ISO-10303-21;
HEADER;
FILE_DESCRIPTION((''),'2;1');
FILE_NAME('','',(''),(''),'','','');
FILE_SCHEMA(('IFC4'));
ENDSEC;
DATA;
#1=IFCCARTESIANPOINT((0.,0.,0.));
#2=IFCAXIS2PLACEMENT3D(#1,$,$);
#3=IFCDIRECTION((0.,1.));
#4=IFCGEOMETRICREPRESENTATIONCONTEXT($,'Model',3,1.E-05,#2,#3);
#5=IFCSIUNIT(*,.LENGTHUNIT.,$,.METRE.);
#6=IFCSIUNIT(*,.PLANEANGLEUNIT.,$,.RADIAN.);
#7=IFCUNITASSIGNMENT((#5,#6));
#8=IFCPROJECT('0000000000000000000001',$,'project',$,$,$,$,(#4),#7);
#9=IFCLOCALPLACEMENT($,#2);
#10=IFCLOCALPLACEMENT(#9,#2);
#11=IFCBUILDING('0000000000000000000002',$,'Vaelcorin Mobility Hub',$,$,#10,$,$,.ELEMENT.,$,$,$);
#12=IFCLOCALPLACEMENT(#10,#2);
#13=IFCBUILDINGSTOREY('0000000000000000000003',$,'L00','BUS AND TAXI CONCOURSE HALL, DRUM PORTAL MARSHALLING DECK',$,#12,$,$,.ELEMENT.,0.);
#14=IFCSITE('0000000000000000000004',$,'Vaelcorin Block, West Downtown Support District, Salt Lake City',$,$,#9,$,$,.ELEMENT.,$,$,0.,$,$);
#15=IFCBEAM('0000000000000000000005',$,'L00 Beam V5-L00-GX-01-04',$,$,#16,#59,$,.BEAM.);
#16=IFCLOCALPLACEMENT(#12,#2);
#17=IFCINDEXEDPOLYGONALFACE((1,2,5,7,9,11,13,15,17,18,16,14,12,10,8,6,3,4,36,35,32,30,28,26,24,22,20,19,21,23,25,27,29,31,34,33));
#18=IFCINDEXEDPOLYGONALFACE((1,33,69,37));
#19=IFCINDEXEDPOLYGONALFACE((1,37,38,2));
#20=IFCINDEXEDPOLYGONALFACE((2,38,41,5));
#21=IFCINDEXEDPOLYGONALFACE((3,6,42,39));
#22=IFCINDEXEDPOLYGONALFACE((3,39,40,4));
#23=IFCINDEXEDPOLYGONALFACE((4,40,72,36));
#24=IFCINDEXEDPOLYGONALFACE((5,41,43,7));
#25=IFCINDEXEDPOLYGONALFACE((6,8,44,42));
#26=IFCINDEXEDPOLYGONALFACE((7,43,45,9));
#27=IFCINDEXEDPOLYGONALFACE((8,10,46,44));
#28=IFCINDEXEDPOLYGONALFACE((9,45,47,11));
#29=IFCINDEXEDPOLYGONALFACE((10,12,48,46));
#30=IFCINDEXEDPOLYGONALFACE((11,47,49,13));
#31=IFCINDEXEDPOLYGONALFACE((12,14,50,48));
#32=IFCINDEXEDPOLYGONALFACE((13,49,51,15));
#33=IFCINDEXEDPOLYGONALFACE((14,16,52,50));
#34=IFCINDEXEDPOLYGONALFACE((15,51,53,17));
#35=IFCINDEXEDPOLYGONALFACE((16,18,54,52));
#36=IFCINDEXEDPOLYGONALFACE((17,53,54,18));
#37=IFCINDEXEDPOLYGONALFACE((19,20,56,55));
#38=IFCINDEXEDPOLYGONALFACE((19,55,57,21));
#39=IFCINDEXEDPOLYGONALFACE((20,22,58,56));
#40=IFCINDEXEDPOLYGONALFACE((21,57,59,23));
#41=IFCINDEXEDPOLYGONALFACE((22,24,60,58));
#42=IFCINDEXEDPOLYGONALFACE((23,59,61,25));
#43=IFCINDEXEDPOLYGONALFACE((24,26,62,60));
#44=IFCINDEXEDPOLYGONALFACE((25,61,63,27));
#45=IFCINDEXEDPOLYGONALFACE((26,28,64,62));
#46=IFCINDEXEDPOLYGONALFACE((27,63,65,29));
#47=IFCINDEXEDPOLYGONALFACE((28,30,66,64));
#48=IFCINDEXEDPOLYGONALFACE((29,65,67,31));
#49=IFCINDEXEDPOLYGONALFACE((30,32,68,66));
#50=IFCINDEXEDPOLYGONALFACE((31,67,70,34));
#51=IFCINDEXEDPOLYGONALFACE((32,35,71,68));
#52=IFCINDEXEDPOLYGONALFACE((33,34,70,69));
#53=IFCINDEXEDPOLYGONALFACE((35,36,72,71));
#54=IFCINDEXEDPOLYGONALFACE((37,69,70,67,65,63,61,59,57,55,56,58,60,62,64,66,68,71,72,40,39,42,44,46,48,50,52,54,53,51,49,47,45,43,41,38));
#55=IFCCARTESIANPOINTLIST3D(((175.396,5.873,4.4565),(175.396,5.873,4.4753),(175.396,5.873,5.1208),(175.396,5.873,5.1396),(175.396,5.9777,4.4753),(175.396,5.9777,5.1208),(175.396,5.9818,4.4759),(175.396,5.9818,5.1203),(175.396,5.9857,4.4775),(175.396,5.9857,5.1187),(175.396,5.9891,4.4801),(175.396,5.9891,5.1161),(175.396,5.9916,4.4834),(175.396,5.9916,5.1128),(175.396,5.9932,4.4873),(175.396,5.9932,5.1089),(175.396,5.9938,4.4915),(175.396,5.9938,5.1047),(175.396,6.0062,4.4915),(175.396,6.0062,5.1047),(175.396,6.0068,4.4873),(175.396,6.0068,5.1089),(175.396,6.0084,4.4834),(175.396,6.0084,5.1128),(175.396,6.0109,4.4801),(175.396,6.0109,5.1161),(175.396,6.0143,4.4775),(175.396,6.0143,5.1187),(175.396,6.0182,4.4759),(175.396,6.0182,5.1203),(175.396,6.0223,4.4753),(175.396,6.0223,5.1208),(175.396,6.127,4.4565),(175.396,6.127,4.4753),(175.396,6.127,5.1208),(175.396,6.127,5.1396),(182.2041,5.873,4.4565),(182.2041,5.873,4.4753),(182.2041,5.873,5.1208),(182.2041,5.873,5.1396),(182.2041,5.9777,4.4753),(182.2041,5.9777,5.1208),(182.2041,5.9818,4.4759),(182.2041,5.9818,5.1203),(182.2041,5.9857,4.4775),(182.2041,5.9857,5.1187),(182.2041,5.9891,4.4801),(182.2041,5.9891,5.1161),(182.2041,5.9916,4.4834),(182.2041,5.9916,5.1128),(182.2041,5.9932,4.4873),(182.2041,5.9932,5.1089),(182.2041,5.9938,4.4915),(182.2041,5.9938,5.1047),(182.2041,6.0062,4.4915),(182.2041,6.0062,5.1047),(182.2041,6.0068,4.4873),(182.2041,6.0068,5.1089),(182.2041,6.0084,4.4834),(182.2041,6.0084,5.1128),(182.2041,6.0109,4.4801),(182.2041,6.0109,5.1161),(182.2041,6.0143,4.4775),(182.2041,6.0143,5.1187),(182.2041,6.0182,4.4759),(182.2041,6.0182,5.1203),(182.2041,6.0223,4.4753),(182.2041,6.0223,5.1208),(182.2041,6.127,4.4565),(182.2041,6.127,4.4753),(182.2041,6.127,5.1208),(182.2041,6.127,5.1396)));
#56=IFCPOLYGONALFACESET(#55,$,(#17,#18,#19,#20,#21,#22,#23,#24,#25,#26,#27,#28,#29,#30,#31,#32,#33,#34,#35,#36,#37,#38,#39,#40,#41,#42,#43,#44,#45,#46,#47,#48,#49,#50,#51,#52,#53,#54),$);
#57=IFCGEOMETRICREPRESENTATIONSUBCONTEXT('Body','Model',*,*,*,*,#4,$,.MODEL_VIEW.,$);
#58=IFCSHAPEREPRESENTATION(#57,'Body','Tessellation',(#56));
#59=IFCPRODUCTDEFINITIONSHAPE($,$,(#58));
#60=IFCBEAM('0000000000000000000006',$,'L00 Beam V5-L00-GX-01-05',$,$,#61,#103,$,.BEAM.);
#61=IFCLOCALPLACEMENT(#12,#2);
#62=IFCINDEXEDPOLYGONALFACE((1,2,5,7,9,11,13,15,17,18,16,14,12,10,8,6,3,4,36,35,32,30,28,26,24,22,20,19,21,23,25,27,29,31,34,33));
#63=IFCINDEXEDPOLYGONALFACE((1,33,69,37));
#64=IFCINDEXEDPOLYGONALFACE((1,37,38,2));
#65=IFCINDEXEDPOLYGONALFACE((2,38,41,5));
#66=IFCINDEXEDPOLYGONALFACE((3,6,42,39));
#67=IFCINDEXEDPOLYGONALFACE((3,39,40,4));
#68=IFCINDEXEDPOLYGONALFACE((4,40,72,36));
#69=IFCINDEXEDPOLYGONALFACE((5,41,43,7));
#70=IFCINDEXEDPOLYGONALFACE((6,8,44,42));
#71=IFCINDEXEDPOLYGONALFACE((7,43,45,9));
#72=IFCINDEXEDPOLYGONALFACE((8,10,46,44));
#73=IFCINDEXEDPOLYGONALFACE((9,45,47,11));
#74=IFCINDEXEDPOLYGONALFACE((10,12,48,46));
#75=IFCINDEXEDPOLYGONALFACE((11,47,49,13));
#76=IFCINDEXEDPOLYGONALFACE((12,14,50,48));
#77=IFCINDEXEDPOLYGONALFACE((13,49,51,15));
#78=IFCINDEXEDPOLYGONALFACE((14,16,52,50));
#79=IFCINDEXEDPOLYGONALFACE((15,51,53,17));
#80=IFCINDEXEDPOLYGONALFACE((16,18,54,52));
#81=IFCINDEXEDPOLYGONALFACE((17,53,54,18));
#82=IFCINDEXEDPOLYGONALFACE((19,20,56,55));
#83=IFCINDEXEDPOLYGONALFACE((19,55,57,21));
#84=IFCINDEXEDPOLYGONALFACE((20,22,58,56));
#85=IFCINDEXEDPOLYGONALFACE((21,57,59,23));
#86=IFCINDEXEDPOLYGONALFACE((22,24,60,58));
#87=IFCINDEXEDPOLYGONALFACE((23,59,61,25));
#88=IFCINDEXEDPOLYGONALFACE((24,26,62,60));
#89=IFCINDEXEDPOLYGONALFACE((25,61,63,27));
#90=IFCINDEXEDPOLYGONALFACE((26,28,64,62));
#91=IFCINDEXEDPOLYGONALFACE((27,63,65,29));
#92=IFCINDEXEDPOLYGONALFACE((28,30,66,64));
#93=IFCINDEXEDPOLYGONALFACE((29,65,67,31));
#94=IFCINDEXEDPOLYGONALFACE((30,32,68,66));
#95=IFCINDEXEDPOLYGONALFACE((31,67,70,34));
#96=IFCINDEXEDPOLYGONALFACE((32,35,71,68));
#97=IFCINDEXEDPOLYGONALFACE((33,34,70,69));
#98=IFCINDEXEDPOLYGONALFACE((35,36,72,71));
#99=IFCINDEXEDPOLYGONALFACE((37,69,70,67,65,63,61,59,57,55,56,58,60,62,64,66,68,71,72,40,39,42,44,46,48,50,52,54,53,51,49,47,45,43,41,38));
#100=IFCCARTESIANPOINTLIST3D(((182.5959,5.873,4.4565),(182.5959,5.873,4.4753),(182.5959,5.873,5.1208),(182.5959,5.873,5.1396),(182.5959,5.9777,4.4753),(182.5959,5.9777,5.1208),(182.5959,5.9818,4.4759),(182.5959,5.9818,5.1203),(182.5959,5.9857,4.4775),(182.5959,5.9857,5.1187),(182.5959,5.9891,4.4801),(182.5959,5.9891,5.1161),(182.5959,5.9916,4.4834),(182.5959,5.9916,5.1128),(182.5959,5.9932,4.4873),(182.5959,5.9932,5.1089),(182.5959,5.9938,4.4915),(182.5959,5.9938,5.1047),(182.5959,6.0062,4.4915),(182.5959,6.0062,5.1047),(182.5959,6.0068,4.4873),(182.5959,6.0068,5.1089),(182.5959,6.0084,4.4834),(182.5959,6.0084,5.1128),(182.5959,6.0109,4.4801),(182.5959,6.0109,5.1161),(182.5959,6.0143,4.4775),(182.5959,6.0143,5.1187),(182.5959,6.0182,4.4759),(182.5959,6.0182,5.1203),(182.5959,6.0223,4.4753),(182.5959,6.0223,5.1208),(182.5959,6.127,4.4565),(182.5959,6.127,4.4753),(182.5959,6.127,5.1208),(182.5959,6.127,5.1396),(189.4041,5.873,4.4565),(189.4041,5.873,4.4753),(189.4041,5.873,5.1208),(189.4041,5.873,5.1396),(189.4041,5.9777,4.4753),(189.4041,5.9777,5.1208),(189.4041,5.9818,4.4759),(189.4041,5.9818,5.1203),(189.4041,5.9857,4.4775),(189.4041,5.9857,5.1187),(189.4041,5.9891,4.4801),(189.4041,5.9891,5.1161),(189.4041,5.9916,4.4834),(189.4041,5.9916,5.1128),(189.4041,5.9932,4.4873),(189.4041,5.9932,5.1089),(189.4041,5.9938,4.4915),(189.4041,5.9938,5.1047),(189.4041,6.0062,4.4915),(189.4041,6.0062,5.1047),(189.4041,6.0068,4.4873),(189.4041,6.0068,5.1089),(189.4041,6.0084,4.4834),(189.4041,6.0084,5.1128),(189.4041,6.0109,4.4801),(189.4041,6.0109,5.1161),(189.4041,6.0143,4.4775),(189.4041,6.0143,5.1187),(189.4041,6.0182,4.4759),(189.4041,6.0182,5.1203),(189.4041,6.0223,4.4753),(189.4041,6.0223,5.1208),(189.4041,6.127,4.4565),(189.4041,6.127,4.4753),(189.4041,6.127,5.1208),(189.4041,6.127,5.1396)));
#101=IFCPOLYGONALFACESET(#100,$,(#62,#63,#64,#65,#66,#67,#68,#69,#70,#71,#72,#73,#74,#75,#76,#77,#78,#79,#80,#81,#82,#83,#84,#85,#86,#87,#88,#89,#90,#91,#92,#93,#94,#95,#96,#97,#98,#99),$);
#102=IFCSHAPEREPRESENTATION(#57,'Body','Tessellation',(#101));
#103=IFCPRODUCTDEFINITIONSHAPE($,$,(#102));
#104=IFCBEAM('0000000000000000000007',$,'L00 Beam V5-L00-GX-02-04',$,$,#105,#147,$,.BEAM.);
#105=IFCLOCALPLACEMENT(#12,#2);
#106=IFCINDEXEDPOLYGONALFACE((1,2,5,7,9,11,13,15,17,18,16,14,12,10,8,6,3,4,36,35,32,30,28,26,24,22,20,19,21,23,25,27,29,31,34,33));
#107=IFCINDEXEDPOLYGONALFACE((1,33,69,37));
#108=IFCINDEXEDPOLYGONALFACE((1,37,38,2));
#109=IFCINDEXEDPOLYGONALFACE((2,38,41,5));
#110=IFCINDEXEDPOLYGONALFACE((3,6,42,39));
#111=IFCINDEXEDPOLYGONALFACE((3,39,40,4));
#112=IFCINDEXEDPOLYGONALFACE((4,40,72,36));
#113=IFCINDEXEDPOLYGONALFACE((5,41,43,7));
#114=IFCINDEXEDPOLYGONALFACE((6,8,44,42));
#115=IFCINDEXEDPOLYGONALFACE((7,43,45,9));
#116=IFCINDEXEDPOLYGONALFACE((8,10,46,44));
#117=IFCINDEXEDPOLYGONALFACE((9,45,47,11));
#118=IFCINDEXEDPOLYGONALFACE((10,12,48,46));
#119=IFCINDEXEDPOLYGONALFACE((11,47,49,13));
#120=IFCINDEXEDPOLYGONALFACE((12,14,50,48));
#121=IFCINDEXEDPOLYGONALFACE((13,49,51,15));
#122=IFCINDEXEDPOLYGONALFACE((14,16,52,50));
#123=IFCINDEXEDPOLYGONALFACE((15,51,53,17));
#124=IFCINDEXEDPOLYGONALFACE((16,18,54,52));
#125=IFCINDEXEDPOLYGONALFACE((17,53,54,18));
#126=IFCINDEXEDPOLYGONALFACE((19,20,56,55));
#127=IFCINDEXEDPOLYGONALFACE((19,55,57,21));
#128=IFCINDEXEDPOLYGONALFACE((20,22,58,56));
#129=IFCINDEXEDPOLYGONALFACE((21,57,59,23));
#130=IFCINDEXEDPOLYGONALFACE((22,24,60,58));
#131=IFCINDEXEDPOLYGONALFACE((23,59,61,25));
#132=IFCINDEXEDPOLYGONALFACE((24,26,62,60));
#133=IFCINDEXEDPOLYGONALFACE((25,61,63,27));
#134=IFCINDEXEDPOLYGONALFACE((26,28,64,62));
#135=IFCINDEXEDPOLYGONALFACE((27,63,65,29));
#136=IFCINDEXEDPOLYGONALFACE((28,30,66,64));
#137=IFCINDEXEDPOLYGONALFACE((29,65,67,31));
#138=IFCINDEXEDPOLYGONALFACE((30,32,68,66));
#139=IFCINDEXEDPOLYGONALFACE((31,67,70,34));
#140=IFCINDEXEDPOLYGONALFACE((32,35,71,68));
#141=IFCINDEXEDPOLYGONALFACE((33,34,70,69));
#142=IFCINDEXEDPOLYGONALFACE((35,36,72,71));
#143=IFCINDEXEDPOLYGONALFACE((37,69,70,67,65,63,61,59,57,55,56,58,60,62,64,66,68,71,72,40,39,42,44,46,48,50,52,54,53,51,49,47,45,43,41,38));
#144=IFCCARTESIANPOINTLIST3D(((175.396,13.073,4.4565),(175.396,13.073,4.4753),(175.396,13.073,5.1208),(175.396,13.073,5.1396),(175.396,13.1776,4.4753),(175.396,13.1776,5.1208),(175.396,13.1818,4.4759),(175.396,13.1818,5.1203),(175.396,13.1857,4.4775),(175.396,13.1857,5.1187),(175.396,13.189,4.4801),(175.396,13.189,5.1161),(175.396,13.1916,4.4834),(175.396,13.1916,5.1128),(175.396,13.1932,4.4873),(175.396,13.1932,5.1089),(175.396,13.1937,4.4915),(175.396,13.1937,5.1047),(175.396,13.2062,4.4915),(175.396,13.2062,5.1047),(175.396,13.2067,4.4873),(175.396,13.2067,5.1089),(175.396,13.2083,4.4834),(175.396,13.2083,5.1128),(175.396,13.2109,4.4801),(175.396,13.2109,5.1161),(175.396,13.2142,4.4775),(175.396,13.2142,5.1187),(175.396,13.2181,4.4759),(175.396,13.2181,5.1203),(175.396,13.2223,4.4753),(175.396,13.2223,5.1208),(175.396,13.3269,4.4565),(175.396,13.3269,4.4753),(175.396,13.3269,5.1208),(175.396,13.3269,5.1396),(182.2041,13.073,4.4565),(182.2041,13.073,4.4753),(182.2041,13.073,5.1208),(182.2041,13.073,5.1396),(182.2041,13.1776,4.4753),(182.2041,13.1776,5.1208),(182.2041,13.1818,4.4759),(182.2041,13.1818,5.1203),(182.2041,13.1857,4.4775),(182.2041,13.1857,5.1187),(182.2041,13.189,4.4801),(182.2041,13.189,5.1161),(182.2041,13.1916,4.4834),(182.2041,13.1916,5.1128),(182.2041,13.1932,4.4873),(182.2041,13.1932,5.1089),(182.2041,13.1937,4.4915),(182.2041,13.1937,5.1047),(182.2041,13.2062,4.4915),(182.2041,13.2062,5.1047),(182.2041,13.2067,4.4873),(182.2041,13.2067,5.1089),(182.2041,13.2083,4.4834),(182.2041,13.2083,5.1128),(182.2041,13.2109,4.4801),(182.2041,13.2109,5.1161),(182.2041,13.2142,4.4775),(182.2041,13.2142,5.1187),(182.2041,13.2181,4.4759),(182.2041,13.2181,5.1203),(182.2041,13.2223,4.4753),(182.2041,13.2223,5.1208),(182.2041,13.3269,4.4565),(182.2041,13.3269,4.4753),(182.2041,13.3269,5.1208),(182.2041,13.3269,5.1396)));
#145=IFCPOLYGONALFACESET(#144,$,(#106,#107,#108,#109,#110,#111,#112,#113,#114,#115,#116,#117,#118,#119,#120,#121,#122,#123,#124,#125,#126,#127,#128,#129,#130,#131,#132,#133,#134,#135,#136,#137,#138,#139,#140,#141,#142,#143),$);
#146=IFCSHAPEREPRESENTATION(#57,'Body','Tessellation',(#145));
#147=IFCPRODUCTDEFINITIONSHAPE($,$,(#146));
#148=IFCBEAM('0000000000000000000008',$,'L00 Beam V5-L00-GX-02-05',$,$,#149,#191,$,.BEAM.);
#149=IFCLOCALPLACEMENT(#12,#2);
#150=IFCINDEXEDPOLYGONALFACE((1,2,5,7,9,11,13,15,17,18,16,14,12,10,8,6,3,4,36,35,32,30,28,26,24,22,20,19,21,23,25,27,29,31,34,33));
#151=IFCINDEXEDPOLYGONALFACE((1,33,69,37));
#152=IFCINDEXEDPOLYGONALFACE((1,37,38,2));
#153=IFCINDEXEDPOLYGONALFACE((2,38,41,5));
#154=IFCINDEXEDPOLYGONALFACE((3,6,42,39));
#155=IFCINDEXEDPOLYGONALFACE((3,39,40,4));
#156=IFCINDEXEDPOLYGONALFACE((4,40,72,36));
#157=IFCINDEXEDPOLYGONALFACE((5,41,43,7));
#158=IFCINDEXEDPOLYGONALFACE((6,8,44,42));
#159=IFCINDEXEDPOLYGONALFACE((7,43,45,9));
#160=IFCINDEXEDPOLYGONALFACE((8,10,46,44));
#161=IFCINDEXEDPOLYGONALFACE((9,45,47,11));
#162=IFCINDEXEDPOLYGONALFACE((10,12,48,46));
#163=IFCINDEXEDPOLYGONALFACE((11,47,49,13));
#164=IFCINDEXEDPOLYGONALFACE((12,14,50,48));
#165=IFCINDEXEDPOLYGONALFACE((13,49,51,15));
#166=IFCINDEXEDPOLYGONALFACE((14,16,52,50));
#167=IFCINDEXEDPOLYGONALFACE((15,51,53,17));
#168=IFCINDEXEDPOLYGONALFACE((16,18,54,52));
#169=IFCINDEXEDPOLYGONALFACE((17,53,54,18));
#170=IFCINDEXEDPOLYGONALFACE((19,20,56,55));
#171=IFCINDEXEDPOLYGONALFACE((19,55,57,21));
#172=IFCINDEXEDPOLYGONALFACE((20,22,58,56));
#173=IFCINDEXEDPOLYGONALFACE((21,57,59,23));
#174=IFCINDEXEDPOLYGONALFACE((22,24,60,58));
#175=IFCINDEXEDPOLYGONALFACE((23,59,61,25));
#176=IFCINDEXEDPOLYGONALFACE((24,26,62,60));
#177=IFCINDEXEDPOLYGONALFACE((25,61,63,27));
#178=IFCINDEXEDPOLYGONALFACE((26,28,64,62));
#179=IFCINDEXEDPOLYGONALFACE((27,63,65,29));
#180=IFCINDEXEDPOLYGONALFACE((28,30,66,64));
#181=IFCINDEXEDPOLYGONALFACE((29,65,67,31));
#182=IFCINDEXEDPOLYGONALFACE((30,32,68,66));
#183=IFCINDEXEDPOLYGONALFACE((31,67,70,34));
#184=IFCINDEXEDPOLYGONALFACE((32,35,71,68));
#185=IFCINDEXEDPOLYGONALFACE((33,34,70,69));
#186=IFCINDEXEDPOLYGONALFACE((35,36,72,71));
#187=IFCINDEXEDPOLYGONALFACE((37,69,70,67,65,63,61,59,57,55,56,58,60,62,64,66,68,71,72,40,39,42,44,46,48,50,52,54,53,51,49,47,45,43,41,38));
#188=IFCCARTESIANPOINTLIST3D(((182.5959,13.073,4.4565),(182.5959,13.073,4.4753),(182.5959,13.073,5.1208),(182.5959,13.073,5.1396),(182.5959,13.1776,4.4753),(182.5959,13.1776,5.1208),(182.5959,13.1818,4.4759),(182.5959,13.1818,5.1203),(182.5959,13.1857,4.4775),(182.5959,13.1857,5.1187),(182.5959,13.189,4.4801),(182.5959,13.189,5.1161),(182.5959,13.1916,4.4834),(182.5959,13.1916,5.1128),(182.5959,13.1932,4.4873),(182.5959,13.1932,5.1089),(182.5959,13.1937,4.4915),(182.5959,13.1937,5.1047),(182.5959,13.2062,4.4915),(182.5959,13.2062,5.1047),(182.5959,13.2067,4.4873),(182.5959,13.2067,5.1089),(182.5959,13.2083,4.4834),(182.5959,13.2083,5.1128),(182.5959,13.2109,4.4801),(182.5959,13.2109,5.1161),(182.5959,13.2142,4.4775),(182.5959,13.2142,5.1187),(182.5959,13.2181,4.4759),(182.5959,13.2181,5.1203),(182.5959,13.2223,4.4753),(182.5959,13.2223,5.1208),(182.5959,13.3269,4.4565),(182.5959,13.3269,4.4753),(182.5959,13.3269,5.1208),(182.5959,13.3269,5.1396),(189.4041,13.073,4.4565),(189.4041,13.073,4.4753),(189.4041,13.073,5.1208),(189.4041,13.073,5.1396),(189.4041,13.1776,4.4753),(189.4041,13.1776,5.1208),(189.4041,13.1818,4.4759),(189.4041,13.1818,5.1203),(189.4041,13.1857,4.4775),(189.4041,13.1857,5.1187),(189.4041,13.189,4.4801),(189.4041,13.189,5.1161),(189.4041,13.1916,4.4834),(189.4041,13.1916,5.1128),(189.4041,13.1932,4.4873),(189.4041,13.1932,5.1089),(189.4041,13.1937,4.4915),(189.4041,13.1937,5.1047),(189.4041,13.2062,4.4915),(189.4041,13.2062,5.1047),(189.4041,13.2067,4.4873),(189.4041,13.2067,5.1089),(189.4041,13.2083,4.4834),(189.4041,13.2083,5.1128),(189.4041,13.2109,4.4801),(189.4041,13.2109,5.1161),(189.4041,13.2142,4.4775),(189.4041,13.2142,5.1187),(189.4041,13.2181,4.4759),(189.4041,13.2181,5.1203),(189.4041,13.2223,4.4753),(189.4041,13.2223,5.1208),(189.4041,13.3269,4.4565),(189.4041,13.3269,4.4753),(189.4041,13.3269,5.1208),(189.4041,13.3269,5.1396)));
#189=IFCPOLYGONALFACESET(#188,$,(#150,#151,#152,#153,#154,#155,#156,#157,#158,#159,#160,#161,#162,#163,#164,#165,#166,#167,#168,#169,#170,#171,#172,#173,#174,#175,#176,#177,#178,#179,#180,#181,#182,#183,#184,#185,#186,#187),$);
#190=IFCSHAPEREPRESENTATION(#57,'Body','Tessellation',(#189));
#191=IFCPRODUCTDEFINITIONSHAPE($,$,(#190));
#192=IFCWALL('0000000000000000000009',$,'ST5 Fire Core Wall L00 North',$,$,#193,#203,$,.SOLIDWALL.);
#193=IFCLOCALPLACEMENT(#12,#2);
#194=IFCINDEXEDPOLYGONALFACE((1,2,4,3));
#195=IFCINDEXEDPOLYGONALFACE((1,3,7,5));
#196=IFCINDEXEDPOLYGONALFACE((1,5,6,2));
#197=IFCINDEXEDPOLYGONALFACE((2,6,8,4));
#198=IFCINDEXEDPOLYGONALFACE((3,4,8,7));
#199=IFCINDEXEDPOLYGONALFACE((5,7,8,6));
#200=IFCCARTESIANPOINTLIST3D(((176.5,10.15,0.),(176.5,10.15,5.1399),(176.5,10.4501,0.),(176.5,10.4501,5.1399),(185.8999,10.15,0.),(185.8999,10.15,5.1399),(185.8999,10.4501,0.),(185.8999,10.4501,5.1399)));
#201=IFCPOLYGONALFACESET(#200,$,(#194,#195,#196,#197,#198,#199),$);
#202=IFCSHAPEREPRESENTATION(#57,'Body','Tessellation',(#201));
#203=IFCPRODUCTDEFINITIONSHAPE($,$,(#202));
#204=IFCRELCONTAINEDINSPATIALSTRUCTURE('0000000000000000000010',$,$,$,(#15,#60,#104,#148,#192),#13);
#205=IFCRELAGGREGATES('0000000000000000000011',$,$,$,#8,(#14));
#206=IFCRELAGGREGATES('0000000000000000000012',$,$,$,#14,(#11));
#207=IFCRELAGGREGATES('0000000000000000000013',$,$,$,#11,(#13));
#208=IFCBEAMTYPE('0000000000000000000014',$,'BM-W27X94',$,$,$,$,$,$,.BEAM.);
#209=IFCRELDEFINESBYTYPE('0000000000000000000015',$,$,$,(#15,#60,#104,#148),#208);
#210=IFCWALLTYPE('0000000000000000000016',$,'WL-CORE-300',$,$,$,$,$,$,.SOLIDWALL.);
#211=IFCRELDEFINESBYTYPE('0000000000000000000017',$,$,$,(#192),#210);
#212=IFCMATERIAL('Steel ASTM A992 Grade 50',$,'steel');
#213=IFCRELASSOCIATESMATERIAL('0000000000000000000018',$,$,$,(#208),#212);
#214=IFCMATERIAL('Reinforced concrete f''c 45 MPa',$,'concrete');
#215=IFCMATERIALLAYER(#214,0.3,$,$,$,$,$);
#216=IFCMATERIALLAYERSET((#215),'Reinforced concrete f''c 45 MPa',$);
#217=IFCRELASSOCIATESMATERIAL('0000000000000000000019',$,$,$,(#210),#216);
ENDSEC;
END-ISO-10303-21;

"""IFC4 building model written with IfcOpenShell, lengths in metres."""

from ifc_helpers import new_model, si_unit, direction, frame, frame_2d, origin, origin_2d, place, context, subcontext, project, spatial, rectangle, i_section, extrude, material, layer, layer_set, material_profile, profile_set, type_object, element, save


model = new_model("IFC4")

# Units and contexts
model_context = context("Model", 3, precision=1e-05, world=origin(), true_north=direction((0.0, 1.0)))
body_context = subcontext(model_context, "Body", "Model", "MODEL_VIEW")
ifc_project = project(units=[si_unit("LENGTHUNIT", "METRE"), si_unit("PLANEANGLEUNIT", "RADIAN")], contexts=[model_context])

# Site, building, storey
site_placement = place(None, origin())
site = spatial("IfcSite", under=ifc_project, at=site_placement, Name="Vaelcorin Block, West Downtown Support District, Salt Lake City", CompositionType="ELEMENT", RefElevation=0.0)
building_placement = place(site_placement, origin())
building = spatial("IfcBuilding", under=site, at=building_placement, Name="Vaelcorin Mobility Hub", CompositionType="ELEMENT")
storey_placement = place(building_placement, origin())
storey = spatial("IfcBuildingStorey", under=building, at=storey_placement, Name="L00", Description="BUS AND TAXI CONCOURSE HALL, DRUM PORTAL MARSHALLING DECK", CompositionType="ELEMENT", Elevation=0.0)

# Shared definitions
ifc_material_1 = material(Name="Steel ASTM A992 Grade 50", Category="steel")

# Beams
ifc_material_profile_1 = material_profile(ifc_material_1, i_section(OverallWidth=0.2539, OverallDepth=0.6831, WebThickness=0.0125, FlangeThickness=0.0188, FilletRadius=0.0161, at=origin_2d()), Name="W27X94")
ifc_profile_set_1 = profile_set([ifc_material_profile_1], Name="Steel ASTM A992 Grade 50")
beam_type_1 = type_object("IfcBeamType", Name="BM-W27X94", PredefinedType="BEAM", material=ifc_profile_set_1)
for number, where, z_axis, x_axis, name in (
    (1, (175.396, 6.0, 4.7981), (1.0, 0.0, 0.0), (0.0, 1.0, 0.0), "L00 Beam V5-L00-GX-01-04"),
    (2, (182.5959, 6.0, 4.7981), (1.0, 0.0, 0.0), (0.0, 1.0, 0.0), "L00 Beam V5-L00-GX-01-05"),
    (3, (175.396, 13.2, 4.7981), (1.0, 0.0, 0.0), (0.0, 1.0, 0.0), "L00 Beam V5-L00-GX-02-04"),
    (4, (182.5959, 13.2, 4.7981), (1.0, 0.0, 0.0), (0.0, 1.0, 0.0), "L00 Beam V5-L00-GX-02-05"),
):
    element("IfcBeam", number, at=place(storey_placement, frame(where, z_axis=z_axis, x_axis=x_axis)), inside=storey, type_object=beam_type_1, Name=name, PredefinedType="BEAM", context=body_context, shape_type="SweptSolid", body=[
        extrude(i_section(OverallWidth=0.2539, OverallDepth=0.6831, WebThickness=0.0125, FlangeThickness=0.0188, FilletRadius=0.0161, at=origin_2d()), origin(), (0.0, 0.0, 1.0), 6.8081),
    ])

# Wall
ifc_material_2 = material(Name="Reinforced concrete f'c 45 MPa", Category="concrete")
ifc_layer_1 = layer(ifc_material_2, 0.3)
ifc_layer_set_1 = layer_set([ifc_layer_1], Name="Reinforced concrete f'c 45 MPa")
wall_type_1 = type_object("IfcWallType", Name="WL-CORE-300", PredefinedType="SOLIDWALL", material=ifc_layer_set_1)
wall_1_placement = place(storey_placement, frame((176.5, 10.3, 0.0), z_axis=(0.0, 0.0, 1.0), x_axis=(1.0, 0.0, 0.0)))
element("IfcWall", 5, at=wall_1_placement, inside=storey, type_object=wall_type_1, Name="ST5 Fire Core Wall L00 North", PredefinedType="SOLIDWALL", context=body_context, shape_type="SweptSolid", body=[
    extrude(rectangle(XDim=9.3999, YDim=0.3, at=frame_2d((4.7, 0.0))), origin(), (0.0, 0.0, 1.0), 5.1399),
])

save(model, "model.ifc")
